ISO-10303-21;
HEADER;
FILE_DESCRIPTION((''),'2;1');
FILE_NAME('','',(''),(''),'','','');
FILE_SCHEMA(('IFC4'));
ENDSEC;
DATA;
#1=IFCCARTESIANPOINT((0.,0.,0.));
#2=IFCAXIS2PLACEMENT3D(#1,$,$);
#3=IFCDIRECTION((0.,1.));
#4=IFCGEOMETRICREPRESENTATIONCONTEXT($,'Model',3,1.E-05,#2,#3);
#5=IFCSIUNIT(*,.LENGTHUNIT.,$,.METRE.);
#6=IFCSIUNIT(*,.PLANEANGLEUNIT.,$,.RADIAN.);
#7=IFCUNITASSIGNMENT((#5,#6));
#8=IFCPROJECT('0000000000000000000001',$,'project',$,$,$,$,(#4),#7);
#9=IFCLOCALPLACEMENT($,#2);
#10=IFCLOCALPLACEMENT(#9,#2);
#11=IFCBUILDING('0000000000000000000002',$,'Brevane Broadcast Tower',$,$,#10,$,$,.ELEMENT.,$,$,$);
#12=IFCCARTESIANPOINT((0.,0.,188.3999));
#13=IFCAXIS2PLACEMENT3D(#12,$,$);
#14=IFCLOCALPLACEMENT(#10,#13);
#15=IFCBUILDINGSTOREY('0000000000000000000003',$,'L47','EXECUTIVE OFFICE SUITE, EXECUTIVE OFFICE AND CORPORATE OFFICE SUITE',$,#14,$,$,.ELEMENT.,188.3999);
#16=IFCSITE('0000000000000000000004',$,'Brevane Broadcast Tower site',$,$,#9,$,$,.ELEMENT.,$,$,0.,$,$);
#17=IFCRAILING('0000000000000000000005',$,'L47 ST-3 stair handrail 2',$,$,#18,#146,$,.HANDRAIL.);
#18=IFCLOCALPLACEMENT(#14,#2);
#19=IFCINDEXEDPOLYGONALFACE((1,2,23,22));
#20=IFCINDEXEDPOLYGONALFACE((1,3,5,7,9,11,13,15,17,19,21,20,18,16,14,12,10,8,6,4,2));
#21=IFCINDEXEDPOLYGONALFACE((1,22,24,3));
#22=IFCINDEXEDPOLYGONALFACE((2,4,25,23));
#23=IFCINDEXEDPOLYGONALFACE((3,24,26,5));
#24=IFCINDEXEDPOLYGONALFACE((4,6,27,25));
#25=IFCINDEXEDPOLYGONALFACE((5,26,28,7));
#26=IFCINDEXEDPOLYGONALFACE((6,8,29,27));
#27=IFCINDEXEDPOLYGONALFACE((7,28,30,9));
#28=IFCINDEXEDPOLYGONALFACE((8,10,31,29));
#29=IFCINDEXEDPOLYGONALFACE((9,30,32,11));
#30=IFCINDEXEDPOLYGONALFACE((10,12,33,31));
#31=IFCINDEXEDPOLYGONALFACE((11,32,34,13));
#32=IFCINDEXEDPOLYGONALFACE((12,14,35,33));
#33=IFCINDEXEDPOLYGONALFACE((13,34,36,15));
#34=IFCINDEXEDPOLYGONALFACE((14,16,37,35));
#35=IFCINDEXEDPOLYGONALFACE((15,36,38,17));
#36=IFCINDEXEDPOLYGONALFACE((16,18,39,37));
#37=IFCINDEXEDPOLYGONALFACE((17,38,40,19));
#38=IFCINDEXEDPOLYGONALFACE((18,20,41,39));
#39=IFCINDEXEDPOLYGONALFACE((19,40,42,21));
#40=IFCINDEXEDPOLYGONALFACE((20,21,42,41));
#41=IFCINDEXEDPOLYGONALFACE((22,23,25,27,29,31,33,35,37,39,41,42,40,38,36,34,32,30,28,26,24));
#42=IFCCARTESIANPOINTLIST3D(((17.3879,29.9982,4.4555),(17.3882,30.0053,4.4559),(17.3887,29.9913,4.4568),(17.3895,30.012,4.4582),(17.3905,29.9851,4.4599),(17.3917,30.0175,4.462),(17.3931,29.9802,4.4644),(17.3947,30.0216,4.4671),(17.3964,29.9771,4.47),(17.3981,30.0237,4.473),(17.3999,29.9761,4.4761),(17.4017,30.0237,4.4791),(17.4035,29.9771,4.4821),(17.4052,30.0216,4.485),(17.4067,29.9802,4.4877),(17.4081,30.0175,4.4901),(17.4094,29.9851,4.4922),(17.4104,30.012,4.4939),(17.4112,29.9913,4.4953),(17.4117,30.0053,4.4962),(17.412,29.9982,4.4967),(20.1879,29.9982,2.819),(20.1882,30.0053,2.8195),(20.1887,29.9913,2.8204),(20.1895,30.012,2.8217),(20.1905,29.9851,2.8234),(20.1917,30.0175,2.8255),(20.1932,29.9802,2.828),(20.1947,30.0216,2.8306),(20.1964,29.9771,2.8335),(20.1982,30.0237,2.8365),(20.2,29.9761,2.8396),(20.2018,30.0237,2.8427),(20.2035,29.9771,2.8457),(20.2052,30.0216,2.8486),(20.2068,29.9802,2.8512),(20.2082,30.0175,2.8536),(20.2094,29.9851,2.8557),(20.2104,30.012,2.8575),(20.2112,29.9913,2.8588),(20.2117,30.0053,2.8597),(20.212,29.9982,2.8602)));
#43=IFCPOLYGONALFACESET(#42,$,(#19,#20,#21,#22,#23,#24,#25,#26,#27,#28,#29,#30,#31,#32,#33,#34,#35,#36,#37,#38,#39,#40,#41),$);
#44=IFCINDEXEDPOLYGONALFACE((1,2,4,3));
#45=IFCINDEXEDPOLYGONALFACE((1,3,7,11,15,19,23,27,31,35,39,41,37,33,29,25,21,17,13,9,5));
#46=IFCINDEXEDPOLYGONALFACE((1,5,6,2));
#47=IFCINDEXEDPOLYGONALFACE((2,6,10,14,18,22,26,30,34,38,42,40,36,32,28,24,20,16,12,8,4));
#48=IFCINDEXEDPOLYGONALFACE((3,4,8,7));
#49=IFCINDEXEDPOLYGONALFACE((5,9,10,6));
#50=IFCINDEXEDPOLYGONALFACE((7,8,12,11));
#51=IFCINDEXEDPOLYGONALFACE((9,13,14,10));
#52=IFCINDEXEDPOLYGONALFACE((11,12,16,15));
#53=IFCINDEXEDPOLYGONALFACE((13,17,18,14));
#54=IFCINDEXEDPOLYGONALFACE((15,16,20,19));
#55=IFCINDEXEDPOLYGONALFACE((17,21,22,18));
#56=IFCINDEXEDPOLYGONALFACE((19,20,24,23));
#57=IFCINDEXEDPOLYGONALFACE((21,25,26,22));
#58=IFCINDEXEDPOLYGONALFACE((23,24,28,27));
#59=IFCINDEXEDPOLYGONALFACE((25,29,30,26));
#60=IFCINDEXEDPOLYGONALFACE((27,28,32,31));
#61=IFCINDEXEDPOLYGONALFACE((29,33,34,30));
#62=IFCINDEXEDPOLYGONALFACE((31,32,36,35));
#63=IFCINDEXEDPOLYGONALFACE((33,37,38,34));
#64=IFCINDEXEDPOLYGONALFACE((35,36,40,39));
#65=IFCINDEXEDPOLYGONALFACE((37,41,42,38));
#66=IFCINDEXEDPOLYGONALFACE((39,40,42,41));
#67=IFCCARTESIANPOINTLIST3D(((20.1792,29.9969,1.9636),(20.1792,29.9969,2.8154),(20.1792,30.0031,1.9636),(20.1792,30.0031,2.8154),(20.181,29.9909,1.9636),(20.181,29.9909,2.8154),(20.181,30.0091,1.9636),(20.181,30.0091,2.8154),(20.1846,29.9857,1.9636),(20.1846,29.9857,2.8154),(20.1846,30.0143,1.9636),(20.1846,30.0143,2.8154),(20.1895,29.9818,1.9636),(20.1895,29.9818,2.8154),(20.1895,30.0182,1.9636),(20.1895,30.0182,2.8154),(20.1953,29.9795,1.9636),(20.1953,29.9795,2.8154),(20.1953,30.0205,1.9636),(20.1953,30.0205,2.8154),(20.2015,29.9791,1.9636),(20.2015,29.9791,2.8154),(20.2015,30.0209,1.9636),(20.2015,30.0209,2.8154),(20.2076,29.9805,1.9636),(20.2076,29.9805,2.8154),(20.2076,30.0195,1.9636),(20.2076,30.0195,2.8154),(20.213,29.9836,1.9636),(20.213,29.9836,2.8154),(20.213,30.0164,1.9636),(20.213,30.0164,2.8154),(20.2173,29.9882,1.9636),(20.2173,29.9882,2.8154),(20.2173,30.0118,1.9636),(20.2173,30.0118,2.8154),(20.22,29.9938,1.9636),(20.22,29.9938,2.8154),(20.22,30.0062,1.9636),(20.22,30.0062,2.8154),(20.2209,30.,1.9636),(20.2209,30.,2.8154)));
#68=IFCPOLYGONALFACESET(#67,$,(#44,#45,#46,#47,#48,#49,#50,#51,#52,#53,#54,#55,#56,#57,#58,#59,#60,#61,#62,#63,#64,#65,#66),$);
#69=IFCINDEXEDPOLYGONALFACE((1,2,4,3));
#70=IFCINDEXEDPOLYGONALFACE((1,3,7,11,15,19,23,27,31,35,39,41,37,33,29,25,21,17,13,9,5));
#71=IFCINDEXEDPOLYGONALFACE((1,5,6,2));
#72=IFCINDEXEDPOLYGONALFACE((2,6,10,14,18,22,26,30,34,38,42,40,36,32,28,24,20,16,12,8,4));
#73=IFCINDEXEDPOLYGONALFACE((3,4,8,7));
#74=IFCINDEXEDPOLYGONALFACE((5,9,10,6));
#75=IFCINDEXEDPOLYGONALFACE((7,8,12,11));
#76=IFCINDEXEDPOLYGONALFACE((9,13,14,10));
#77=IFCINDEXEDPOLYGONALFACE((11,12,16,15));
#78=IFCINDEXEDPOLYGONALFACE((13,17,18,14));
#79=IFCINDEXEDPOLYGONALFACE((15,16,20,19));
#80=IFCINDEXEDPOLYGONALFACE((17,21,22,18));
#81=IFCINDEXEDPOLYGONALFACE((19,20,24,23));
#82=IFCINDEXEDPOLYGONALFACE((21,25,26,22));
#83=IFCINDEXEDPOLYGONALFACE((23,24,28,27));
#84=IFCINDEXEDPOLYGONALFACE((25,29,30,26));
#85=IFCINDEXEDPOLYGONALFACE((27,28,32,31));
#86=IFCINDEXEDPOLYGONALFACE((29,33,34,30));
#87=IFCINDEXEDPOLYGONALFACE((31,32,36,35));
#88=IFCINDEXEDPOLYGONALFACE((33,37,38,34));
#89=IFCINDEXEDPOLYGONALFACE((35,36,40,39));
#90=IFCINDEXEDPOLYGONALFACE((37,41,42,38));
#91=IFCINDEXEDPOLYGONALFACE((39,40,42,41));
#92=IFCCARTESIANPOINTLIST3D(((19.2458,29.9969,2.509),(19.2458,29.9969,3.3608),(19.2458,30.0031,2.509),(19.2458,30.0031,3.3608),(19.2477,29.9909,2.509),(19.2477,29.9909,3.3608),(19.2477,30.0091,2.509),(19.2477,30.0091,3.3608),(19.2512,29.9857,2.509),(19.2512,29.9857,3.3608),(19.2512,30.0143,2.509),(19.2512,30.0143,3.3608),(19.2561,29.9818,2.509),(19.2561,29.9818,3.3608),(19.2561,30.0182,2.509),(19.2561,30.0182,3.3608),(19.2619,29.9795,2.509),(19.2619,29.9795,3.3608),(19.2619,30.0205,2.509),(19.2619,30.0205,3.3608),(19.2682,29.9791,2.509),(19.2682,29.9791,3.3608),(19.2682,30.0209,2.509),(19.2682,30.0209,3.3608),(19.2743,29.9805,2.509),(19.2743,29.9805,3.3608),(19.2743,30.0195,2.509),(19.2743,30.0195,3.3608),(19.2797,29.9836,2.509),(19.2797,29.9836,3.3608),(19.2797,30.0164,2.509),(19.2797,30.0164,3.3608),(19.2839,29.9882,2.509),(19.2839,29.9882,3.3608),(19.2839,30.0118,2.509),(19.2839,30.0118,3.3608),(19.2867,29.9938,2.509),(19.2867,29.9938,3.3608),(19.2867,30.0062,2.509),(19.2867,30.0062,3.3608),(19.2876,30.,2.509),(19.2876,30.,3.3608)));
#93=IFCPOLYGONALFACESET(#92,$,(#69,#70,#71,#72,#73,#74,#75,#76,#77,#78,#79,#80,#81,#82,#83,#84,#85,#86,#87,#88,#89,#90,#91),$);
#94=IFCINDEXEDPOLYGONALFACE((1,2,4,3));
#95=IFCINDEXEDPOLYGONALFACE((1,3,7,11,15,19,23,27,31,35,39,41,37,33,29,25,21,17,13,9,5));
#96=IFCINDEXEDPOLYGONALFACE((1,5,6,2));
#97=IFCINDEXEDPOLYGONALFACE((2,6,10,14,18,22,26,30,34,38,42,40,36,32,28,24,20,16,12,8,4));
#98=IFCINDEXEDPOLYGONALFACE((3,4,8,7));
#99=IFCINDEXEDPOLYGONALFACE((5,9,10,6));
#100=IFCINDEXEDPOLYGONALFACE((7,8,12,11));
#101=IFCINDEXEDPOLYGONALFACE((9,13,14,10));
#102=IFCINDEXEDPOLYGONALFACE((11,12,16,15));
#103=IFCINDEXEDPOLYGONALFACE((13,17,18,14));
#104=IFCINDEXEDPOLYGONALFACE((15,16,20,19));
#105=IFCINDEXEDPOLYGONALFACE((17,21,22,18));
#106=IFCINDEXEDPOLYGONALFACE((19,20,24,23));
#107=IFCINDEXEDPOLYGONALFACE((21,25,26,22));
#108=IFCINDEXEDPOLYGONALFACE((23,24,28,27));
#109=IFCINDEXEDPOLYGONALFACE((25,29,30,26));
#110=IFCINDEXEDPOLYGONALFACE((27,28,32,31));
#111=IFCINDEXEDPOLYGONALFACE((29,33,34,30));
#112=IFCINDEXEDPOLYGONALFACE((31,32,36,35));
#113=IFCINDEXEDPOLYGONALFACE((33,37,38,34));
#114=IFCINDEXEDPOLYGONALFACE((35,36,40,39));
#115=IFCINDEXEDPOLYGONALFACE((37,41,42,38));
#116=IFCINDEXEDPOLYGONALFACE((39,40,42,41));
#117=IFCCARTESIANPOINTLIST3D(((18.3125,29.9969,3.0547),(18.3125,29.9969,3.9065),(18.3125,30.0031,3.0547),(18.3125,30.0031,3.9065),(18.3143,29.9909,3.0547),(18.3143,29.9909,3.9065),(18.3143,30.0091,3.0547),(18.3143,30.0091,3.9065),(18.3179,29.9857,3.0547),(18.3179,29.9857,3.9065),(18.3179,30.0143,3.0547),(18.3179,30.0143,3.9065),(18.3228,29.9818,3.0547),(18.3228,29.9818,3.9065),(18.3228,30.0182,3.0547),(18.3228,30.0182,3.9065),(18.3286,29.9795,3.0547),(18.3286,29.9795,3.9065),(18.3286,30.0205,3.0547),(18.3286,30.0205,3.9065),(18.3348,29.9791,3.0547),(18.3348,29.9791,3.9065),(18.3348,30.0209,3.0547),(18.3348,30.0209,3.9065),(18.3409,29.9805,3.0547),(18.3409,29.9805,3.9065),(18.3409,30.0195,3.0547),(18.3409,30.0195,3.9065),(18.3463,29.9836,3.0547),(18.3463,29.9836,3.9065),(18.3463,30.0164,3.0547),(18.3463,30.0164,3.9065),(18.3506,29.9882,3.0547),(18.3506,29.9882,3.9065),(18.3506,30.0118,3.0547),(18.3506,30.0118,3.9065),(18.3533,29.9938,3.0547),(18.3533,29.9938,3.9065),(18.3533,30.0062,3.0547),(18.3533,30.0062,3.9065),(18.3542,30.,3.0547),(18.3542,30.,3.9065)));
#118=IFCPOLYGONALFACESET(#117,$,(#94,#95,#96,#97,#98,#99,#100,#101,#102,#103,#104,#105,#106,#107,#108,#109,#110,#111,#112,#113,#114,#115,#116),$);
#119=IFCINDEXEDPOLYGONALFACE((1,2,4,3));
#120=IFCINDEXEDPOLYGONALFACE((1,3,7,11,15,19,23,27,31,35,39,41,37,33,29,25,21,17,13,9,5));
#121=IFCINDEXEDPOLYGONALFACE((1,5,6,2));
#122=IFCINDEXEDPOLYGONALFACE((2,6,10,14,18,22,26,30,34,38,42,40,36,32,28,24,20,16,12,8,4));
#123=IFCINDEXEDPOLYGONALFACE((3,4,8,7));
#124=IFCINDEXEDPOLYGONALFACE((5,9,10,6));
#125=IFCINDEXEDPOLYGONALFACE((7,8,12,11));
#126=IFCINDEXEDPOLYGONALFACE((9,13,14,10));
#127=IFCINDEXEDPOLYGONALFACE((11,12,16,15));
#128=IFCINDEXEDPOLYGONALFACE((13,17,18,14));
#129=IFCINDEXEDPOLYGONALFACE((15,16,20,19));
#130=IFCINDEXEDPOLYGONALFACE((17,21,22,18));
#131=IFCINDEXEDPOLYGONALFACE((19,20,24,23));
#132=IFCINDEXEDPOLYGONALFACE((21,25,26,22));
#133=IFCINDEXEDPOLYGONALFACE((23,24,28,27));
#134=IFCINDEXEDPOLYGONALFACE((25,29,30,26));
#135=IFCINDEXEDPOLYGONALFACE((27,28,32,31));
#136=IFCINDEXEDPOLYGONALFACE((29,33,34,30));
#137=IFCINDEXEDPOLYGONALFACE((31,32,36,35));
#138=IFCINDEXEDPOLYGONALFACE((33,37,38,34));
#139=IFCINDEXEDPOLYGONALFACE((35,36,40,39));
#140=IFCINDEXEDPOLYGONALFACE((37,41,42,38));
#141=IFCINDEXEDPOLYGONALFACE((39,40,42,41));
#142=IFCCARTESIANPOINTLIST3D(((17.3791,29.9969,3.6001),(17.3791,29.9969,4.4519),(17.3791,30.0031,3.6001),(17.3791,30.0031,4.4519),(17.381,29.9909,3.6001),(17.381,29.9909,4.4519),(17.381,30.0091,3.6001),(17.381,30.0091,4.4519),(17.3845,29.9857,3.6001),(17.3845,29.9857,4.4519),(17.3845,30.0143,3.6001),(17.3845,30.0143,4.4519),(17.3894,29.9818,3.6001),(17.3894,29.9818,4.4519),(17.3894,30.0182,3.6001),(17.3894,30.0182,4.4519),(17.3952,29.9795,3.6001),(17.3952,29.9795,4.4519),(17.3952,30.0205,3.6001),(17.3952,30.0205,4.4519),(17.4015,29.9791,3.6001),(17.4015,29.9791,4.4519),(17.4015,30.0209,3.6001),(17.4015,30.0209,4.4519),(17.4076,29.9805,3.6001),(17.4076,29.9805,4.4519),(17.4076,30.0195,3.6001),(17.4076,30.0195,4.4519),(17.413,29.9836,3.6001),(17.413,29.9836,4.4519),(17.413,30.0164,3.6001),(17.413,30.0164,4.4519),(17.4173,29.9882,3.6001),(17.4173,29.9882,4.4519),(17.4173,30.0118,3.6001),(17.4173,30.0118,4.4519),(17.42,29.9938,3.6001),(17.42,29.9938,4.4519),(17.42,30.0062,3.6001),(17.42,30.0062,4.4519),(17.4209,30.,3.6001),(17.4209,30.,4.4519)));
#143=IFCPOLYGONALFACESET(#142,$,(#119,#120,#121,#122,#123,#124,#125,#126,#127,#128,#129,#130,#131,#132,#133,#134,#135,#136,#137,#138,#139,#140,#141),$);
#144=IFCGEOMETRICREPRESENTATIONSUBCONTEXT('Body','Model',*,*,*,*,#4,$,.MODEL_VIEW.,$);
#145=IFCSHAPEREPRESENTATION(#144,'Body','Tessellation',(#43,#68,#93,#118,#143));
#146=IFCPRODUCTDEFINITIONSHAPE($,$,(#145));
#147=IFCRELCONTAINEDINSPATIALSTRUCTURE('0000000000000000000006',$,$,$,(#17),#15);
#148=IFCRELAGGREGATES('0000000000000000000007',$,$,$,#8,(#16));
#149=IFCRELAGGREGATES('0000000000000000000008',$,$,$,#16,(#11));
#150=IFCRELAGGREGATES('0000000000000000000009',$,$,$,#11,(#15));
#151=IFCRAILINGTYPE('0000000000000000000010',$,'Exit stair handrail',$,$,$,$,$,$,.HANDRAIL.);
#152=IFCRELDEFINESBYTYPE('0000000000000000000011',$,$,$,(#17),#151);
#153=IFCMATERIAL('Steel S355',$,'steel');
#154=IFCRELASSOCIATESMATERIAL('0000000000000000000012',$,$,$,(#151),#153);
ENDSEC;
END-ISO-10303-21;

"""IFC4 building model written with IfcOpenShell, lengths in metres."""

from ifc_helpers import new_model, si_unit, direction, frame, origin, origin_2d, place, context, subcontext, project, spatial, circle, extrude, material, type_object, element, save


model = new_model("IFC4")

# Units and contexts
model_context = context("Model", 3, precision=1e-05, world=origin(), true_north=direction((0.0, 1.0)))
body_context = subcontext(model_context, "Body", "Model", "MODEL_VIEW")
ifc_project = project(units=[si_unit("LENGTHUNIT", "METRE"), si_unit("PLANEANGLEUNIT", "RADIAN")], contexts=[model_context])

# Site, building, storey
site_placement = place(None, origin())
site = spatial("IfcSite", under=ifc_project, at=site_placement, Name="Brevane Broadcast Tower site", CompositionType="ELEMENT", RefElevation=0.0)
building_placement = place(site_placement, origin())
building = spatial("IfcBuilding", under=site, at=building_placement, Name="Brevane Broadcast Tower", CompositionType="ELEMENT")
storey_placement = place(building_placement, frame((0.0, 0.0, 188.3999)))
storey = spatial("IfcBuildingStorey", under=building, at=storey_placement, Name="L47", Description="EXECUTIVE OFFICE SUITE, EXECUTIVE OFFICE AND CORPORATE OFFICE SUITE", CompositionType="ELEMENT", Elevation=188.3999)

# Railing
ifc_material_1 = material(Name="Steel S355", Category="steel")
railing_type_1 = type_object("IfcRailingType", Name="Exit stair handrail", PredefinedType="HANDRAIL", material=ifc_material_1)
railing_1_placement = place(storey_placement, frame((20.2, 30.0, 1.9636)))
element("IfcRailing", 1, at=railing_1_placement, inside=storey, type_object=railing_type_1, Name="L47 ST-3 stair handrail 2", PredefinedType="HANDRAIL", context=body_context, shape_type="SweptSolid", body=[
    extrude(circle(Radius=0.0239, at=origin_2d()), frame((0.0, 0.0, 0.876), z_axis=(-0.863361, 0.0, 0.504587), x_axis=(0.0, -1.0, 0.0)), (0.0, 0.0, 1.0), 3.2432),
    extrude(circle(Radius=0.021, at=origin_2d()), origin(), (0.0, 0.0, 1.0), 0.8518),
    extrude(circle(Radius=0.021, at=origin_2d()), frame((-0.9333, 0.0, 0.5454)), (0.0, 0.0, 1.0), 0.8518),
    extrude(circle(Radius=0.021, at=origin_2d()), frame((-1.8667, 0.0, 1.0911)), (0.0, 0.0, 1.0), 0.8518),
    extrude(circle(Radius=0.021, at=origin_2d()), frame((-2.8, 0.0, 1.6365)), (0.0, 0.0, 1.0), 0.8518),
])

save(model, "model.ifc")
